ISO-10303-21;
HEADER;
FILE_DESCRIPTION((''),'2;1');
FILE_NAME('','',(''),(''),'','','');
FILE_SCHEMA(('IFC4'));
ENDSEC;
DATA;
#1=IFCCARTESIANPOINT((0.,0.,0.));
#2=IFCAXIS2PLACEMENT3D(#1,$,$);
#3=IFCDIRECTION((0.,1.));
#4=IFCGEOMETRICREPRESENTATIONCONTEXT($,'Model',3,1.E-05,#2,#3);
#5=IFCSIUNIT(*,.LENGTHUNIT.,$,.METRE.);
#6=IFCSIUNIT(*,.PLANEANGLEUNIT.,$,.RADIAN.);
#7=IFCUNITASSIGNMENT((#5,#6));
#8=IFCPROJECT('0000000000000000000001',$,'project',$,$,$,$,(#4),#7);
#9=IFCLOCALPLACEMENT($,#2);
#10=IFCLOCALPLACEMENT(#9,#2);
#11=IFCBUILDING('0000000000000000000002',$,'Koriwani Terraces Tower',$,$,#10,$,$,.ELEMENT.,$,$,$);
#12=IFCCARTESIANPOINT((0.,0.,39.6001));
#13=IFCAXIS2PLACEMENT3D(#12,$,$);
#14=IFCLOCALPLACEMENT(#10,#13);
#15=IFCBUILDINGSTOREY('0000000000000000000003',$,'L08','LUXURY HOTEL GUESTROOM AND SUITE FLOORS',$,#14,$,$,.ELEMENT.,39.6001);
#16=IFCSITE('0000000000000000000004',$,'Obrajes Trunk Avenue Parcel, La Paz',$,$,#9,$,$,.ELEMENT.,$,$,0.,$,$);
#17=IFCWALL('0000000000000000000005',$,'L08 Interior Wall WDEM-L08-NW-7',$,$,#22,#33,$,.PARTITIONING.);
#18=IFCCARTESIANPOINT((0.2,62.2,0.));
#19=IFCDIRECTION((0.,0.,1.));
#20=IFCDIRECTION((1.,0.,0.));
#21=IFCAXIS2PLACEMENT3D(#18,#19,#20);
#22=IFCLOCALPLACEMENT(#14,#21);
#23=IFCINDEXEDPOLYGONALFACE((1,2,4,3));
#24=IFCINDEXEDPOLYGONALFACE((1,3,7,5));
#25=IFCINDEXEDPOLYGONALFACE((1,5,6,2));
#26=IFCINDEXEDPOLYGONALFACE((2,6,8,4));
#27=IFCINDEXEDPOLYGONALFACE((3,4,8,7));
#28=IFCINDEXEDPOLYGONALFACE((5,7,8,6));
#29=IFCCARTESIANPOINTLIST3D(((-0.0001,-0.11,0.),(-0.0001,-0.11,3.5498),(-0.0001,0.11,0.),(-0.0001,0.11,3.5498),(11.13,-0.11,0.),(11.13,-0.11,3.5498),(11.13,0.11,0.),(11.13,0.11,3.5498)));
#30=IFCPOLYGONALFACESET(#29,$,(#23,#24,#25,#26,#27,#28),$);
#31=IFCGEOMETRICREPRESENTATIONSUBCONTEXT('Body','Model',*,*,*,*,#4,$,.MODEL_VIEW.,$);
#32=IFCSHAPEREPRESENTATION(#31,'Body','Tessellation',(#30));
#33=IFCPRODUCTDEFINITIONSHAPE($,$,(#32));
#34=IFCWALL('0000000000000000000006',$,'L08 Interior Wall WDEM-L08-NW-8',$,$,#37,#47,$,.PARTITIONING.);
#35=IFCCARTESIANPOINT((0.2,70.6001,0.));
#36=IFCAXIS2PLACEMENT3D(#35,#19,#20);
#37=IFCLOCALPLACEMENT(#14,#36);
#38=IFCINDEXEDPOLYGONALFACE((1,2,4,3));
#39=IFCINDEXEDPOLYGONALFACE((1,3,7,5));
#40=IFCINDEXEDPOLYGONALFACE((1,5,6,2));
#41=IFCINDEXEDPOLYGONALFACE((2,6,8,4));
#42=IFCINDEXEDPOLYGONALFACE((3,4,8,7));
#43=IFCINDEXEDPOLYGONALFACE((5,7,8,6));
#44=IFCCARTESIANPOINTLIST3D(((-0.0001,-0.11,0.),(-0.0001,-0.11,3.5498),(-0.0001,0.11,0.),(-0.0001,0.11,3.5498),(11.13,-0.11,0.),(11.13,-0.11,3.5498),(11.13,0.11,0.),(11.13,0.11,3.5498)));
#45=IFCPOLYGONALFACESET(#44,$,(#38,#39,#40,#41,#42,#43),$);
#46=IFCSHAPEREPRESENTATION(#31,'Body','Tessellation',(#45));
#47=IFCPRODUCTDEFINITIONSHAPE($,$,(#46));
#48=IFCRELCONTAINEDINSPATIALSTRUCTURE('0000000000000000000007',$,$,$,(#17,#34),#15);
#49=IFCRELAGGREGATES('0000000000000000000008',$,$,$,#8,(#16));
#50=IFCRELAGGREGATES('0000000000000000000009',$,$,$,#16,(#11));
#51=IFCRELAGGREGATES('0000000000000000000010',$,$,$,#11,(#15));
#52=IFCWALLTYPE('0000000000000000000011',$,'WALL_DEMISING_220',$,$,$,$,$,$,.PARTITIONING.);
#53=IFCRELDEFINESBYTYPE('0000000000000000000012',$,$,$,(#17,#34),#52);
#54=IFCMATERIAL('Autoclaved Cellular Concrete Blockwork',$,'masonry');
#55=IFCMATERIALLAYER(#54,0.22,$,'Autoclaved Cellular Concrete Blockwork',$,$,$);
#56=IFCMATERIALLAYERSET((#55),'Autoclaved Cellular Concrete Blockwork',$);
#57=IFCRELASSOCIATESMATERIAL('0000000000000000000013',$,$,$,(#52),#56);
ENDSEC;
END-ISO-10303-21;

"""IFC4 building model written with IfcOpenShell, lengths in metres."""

from ifc_helpers import new_model, si_unit, direction, frame, frame_2d, origin, place, context, subcontext, project, spatial, rectangle, extrude, material, layer, layer_set, type_object, element, save


model = new_model("IFC4")

# Units and contexts
model_context = context("Model", 3, precision=1e-05, world=origin(), true_north=direction((0.0, 1.0)))
body_context = subcontext(model_context, "Body", "Model", "MODEL_VIEW")
ifc_project = project(units=[si_unit("LENGTHUNIT", "METRE"), si_unit("PLANEANGLEUNIT", "RADIAN")], contexts=[model_context])

# Site, building, storey
site_placement = place(None, origin())
site = spatial("IfcSite", under=ifc_project, at=site_placement, Name="Obrajes Trunk Avenue Parcel, La Paz", CompositionType="ELEMENT", RefElevation=0.0)
building_placement = place(site_placement, origin())
building = spatial("IfcBuilding", under=site, at=building_placement, Name="Koriwani Terraces Tower", CompositionType="ELEMENT")
storey_placement = place(building_placement, frame((0.0, 0.0, 39.6001)))
storey = spatial("IfcBuildingStorey", under=building, at=storey_placement, Name="L08", Description="LUXURY HOTEL GUESTROOM AND SUITE FLOORS", CompositionType="ELEMENT", Elevation=39.6001)

# Walls
ifc_material_1 = material(Name="Autoclaved Cellular Concrete Blockwork", Category="masonry")
ifc_layer_1 = layer(ifc_material_1, 0.22, Name="Autoclaved Cellular Concrete Blockwork")
ifc_layer_set_1 = layer_set([ifc_layer_1], Name="Autoclaved Cellular Concrete Blockwork")
wall_type_1 = type_object("IfcWallType", Name="WALL_DEMISING_220", PredefinedType="PARTITIONING", material=ifc_layer_set_1)
for number, where, z_axis, x_axis, name in (
    (1, (0.2, 62.2, 0.0), (0.0, 0.0, 1.0), (1.0, 0.0, 0.0), "L08 Interior Wall WDEM-L08-NW-7"),
    (2, (0.2, 70.6001, 0.0), (0.0, 0.0, 1.0), (1.0, 0.0, 0.0), "L08 Interior Wall WDEM-L08-NW-8"),
):
    element("IfcWall", number, at=place(storey_placement, frame(where, z_axis=z_axis, x_axis=x_axis)), inside=storey, type_object=wall_type_1, Name=name, PredefinedType="PARTITIONING", context=body_context, shape_type="SweptSolid", body=[
        extrude(rectangle(XDim=11.1301, YDim=0.22, at=frame_2d((5.5649, 0.0))), origin(), (0.0, 0.0, 1.0), 3.5498),
    ])

save(model, "model.ifc")
